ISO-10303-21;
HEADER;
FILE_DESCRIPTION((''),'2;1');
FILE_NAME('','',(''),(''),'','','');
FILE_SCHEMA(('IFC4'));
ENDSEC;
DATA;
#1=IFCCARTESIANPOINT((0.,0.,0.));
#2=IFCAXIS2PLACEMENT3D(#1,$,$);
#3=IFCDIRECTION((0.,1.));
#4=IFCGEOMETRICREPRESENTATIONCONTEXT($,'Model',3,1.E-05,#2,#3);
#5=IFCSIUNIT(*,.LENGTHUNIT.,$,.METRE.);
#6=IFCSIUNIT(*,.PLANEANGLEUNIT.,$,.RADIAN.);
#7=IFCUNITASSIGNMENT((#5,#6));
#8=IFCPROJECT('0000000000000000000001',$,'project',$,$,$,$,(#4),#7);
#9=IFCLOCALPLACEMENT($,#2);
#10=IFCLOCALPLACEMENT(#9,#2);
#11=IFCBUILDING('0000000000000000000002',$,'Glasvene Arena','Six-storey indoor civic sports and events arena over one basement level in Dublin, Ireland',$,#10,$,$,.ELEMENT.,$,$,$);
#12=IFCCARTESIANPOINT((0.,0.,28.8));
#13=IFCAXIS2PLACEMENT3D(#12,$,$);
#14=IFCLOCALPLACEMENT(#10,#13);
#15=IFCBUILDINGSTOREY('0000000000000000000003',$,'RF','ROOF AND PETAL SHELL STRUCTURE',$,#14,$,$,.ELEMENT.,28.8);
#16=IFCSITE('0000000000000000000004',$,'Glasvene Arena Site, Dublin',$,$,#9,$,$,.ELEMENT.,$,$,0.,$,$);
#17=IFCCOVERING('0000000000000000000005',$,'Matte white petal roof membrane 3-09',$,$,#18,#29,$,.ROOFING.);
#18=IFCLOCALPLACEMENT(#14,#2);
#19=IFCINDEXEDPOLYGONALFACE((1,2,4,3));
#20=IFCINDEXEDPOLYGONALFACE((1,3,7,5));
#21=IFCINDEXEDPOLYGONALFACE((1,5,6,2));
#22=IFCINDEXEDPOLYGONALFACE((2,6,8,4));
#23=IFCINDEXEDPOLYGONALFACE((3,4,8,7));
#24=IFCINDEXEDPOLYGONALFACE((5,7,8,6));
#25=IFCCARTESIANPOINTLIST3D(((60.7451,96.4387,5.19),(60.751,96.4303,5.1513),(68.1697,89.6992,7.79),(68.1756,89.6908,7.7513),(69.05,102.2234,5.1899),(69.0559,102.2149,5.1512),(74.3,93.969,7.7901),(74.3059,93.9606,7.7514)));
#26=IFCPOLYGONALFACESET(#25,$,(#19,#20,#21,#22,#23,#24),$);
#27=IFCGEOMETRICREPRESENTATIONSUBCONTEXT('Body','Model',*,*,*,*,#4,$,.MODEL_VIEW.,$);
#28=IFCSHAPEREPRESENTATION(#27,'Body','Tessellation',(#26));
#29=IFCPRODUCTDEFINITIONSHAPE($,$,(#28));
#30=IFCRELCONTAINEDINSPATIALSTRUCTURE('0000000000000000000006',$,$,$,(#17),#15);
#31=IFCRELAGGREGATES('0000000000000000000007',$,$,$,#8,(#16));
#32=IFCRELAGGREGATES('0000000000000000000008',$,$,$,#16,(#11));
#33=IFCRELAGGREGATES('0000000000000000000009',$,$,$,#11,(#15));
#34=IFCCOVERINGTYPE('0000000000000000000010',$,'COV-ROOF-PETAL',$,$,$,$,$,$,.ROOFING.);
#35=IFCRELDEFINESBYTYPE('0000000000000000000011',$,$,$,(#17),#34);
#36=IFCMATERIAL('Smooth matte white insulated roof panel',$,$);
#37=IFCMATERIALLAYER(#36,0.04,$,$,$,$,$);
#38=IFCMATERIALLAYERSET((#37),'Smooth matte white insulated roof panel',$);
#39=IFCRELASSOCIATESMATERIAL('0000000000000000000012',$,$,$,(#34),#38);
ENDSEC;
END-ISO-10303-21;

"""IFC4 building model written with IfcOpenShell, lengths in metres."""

from ifc_helpers import new_model, si_unit, direction, frame, origin, place, context, subcontext, project, spatial, polyline, outline, extrude, material, layer, layer_set, type_object, element, save


model = new_model("IFC4")

# Units and contexts
model_context = context("Model", 3, precision=1e-05, world=origin(), true_north=direction((0.0, 1.0)))
body_context = subcontext(model_context, "Body", "Model", "MODEL_VIEW")
ifc_project = project(units=[si_unit("LENGTHUNIT", "METRE"), si_unit("PLANEANGLEUNIT", "RADIAN")], contexts=[model_context])

# Site, building, storey
site_placement = place(None, origin())
site = spatial("IfcSite", under=ifc_project, at=site_placement, Name="Glasvene Arena Site, Dublin", CompositionType="ELEMENT", RefElevation=0.0)
building_placement = place(site_placement, origin())
building = spatial("IfcBuilding", under=site, at=building_placement, Name="Glasvene Arena", Description="Six-storey indoor civic sports and events arena over one basement level in Dublin, Ireland", CompositionType="ELEMENT")
storey_placement = place(building_placement, frame((0.0, 0.0, 28.8)))
storey = spatial("IfcBuildingStorey", under=building, at=storey_placement, Name="RF", Description="ROOF AND PETAL SHELL STRUCTURE", CompositionType="ELEMENT", Elevation=28.8)

# Shared definitions
ifc_material_1 = material(Name="Smooth matte white insulated roof panel")

# Covering
ifc_layer_1 = layer(ifc_material_1, 0.04)
ifc_layer_set_1 = layer_set([ifc_layer_1], Name="Smooth matte white insulated roof panel")
covering_type = type_object("IfcCoveringType", Name="COV-ROOF-PETAL", PredefinedType="ROOFING", material=ifc_layer_set_1)
covering_placement = place(storey_placement, frame((69.05, 102.2234, 5.1899), z_axis=(-0.146935, 0.210957, 0.966389), x_axis=(-0.820566, -0.571551, 0.000003)))
element("IfcCovering", 1, at=covering_placement, inside=storey, type_object=covering_type, Name="Matte white petal roof membrane 3-09", PredefinedType="ROOFING", context=body_context, shape_type="SweptSolid", body=[
    extrude(outline(polyline([(0.0, 0.0), (10.121, 0.0), (7.8806, 10.1137), (0.4098, 10.1139), (0.0, 0.0)])), origin(), (0.0, 0.0, -1.0), 0.04),
])

save(model, "model.ifc")
